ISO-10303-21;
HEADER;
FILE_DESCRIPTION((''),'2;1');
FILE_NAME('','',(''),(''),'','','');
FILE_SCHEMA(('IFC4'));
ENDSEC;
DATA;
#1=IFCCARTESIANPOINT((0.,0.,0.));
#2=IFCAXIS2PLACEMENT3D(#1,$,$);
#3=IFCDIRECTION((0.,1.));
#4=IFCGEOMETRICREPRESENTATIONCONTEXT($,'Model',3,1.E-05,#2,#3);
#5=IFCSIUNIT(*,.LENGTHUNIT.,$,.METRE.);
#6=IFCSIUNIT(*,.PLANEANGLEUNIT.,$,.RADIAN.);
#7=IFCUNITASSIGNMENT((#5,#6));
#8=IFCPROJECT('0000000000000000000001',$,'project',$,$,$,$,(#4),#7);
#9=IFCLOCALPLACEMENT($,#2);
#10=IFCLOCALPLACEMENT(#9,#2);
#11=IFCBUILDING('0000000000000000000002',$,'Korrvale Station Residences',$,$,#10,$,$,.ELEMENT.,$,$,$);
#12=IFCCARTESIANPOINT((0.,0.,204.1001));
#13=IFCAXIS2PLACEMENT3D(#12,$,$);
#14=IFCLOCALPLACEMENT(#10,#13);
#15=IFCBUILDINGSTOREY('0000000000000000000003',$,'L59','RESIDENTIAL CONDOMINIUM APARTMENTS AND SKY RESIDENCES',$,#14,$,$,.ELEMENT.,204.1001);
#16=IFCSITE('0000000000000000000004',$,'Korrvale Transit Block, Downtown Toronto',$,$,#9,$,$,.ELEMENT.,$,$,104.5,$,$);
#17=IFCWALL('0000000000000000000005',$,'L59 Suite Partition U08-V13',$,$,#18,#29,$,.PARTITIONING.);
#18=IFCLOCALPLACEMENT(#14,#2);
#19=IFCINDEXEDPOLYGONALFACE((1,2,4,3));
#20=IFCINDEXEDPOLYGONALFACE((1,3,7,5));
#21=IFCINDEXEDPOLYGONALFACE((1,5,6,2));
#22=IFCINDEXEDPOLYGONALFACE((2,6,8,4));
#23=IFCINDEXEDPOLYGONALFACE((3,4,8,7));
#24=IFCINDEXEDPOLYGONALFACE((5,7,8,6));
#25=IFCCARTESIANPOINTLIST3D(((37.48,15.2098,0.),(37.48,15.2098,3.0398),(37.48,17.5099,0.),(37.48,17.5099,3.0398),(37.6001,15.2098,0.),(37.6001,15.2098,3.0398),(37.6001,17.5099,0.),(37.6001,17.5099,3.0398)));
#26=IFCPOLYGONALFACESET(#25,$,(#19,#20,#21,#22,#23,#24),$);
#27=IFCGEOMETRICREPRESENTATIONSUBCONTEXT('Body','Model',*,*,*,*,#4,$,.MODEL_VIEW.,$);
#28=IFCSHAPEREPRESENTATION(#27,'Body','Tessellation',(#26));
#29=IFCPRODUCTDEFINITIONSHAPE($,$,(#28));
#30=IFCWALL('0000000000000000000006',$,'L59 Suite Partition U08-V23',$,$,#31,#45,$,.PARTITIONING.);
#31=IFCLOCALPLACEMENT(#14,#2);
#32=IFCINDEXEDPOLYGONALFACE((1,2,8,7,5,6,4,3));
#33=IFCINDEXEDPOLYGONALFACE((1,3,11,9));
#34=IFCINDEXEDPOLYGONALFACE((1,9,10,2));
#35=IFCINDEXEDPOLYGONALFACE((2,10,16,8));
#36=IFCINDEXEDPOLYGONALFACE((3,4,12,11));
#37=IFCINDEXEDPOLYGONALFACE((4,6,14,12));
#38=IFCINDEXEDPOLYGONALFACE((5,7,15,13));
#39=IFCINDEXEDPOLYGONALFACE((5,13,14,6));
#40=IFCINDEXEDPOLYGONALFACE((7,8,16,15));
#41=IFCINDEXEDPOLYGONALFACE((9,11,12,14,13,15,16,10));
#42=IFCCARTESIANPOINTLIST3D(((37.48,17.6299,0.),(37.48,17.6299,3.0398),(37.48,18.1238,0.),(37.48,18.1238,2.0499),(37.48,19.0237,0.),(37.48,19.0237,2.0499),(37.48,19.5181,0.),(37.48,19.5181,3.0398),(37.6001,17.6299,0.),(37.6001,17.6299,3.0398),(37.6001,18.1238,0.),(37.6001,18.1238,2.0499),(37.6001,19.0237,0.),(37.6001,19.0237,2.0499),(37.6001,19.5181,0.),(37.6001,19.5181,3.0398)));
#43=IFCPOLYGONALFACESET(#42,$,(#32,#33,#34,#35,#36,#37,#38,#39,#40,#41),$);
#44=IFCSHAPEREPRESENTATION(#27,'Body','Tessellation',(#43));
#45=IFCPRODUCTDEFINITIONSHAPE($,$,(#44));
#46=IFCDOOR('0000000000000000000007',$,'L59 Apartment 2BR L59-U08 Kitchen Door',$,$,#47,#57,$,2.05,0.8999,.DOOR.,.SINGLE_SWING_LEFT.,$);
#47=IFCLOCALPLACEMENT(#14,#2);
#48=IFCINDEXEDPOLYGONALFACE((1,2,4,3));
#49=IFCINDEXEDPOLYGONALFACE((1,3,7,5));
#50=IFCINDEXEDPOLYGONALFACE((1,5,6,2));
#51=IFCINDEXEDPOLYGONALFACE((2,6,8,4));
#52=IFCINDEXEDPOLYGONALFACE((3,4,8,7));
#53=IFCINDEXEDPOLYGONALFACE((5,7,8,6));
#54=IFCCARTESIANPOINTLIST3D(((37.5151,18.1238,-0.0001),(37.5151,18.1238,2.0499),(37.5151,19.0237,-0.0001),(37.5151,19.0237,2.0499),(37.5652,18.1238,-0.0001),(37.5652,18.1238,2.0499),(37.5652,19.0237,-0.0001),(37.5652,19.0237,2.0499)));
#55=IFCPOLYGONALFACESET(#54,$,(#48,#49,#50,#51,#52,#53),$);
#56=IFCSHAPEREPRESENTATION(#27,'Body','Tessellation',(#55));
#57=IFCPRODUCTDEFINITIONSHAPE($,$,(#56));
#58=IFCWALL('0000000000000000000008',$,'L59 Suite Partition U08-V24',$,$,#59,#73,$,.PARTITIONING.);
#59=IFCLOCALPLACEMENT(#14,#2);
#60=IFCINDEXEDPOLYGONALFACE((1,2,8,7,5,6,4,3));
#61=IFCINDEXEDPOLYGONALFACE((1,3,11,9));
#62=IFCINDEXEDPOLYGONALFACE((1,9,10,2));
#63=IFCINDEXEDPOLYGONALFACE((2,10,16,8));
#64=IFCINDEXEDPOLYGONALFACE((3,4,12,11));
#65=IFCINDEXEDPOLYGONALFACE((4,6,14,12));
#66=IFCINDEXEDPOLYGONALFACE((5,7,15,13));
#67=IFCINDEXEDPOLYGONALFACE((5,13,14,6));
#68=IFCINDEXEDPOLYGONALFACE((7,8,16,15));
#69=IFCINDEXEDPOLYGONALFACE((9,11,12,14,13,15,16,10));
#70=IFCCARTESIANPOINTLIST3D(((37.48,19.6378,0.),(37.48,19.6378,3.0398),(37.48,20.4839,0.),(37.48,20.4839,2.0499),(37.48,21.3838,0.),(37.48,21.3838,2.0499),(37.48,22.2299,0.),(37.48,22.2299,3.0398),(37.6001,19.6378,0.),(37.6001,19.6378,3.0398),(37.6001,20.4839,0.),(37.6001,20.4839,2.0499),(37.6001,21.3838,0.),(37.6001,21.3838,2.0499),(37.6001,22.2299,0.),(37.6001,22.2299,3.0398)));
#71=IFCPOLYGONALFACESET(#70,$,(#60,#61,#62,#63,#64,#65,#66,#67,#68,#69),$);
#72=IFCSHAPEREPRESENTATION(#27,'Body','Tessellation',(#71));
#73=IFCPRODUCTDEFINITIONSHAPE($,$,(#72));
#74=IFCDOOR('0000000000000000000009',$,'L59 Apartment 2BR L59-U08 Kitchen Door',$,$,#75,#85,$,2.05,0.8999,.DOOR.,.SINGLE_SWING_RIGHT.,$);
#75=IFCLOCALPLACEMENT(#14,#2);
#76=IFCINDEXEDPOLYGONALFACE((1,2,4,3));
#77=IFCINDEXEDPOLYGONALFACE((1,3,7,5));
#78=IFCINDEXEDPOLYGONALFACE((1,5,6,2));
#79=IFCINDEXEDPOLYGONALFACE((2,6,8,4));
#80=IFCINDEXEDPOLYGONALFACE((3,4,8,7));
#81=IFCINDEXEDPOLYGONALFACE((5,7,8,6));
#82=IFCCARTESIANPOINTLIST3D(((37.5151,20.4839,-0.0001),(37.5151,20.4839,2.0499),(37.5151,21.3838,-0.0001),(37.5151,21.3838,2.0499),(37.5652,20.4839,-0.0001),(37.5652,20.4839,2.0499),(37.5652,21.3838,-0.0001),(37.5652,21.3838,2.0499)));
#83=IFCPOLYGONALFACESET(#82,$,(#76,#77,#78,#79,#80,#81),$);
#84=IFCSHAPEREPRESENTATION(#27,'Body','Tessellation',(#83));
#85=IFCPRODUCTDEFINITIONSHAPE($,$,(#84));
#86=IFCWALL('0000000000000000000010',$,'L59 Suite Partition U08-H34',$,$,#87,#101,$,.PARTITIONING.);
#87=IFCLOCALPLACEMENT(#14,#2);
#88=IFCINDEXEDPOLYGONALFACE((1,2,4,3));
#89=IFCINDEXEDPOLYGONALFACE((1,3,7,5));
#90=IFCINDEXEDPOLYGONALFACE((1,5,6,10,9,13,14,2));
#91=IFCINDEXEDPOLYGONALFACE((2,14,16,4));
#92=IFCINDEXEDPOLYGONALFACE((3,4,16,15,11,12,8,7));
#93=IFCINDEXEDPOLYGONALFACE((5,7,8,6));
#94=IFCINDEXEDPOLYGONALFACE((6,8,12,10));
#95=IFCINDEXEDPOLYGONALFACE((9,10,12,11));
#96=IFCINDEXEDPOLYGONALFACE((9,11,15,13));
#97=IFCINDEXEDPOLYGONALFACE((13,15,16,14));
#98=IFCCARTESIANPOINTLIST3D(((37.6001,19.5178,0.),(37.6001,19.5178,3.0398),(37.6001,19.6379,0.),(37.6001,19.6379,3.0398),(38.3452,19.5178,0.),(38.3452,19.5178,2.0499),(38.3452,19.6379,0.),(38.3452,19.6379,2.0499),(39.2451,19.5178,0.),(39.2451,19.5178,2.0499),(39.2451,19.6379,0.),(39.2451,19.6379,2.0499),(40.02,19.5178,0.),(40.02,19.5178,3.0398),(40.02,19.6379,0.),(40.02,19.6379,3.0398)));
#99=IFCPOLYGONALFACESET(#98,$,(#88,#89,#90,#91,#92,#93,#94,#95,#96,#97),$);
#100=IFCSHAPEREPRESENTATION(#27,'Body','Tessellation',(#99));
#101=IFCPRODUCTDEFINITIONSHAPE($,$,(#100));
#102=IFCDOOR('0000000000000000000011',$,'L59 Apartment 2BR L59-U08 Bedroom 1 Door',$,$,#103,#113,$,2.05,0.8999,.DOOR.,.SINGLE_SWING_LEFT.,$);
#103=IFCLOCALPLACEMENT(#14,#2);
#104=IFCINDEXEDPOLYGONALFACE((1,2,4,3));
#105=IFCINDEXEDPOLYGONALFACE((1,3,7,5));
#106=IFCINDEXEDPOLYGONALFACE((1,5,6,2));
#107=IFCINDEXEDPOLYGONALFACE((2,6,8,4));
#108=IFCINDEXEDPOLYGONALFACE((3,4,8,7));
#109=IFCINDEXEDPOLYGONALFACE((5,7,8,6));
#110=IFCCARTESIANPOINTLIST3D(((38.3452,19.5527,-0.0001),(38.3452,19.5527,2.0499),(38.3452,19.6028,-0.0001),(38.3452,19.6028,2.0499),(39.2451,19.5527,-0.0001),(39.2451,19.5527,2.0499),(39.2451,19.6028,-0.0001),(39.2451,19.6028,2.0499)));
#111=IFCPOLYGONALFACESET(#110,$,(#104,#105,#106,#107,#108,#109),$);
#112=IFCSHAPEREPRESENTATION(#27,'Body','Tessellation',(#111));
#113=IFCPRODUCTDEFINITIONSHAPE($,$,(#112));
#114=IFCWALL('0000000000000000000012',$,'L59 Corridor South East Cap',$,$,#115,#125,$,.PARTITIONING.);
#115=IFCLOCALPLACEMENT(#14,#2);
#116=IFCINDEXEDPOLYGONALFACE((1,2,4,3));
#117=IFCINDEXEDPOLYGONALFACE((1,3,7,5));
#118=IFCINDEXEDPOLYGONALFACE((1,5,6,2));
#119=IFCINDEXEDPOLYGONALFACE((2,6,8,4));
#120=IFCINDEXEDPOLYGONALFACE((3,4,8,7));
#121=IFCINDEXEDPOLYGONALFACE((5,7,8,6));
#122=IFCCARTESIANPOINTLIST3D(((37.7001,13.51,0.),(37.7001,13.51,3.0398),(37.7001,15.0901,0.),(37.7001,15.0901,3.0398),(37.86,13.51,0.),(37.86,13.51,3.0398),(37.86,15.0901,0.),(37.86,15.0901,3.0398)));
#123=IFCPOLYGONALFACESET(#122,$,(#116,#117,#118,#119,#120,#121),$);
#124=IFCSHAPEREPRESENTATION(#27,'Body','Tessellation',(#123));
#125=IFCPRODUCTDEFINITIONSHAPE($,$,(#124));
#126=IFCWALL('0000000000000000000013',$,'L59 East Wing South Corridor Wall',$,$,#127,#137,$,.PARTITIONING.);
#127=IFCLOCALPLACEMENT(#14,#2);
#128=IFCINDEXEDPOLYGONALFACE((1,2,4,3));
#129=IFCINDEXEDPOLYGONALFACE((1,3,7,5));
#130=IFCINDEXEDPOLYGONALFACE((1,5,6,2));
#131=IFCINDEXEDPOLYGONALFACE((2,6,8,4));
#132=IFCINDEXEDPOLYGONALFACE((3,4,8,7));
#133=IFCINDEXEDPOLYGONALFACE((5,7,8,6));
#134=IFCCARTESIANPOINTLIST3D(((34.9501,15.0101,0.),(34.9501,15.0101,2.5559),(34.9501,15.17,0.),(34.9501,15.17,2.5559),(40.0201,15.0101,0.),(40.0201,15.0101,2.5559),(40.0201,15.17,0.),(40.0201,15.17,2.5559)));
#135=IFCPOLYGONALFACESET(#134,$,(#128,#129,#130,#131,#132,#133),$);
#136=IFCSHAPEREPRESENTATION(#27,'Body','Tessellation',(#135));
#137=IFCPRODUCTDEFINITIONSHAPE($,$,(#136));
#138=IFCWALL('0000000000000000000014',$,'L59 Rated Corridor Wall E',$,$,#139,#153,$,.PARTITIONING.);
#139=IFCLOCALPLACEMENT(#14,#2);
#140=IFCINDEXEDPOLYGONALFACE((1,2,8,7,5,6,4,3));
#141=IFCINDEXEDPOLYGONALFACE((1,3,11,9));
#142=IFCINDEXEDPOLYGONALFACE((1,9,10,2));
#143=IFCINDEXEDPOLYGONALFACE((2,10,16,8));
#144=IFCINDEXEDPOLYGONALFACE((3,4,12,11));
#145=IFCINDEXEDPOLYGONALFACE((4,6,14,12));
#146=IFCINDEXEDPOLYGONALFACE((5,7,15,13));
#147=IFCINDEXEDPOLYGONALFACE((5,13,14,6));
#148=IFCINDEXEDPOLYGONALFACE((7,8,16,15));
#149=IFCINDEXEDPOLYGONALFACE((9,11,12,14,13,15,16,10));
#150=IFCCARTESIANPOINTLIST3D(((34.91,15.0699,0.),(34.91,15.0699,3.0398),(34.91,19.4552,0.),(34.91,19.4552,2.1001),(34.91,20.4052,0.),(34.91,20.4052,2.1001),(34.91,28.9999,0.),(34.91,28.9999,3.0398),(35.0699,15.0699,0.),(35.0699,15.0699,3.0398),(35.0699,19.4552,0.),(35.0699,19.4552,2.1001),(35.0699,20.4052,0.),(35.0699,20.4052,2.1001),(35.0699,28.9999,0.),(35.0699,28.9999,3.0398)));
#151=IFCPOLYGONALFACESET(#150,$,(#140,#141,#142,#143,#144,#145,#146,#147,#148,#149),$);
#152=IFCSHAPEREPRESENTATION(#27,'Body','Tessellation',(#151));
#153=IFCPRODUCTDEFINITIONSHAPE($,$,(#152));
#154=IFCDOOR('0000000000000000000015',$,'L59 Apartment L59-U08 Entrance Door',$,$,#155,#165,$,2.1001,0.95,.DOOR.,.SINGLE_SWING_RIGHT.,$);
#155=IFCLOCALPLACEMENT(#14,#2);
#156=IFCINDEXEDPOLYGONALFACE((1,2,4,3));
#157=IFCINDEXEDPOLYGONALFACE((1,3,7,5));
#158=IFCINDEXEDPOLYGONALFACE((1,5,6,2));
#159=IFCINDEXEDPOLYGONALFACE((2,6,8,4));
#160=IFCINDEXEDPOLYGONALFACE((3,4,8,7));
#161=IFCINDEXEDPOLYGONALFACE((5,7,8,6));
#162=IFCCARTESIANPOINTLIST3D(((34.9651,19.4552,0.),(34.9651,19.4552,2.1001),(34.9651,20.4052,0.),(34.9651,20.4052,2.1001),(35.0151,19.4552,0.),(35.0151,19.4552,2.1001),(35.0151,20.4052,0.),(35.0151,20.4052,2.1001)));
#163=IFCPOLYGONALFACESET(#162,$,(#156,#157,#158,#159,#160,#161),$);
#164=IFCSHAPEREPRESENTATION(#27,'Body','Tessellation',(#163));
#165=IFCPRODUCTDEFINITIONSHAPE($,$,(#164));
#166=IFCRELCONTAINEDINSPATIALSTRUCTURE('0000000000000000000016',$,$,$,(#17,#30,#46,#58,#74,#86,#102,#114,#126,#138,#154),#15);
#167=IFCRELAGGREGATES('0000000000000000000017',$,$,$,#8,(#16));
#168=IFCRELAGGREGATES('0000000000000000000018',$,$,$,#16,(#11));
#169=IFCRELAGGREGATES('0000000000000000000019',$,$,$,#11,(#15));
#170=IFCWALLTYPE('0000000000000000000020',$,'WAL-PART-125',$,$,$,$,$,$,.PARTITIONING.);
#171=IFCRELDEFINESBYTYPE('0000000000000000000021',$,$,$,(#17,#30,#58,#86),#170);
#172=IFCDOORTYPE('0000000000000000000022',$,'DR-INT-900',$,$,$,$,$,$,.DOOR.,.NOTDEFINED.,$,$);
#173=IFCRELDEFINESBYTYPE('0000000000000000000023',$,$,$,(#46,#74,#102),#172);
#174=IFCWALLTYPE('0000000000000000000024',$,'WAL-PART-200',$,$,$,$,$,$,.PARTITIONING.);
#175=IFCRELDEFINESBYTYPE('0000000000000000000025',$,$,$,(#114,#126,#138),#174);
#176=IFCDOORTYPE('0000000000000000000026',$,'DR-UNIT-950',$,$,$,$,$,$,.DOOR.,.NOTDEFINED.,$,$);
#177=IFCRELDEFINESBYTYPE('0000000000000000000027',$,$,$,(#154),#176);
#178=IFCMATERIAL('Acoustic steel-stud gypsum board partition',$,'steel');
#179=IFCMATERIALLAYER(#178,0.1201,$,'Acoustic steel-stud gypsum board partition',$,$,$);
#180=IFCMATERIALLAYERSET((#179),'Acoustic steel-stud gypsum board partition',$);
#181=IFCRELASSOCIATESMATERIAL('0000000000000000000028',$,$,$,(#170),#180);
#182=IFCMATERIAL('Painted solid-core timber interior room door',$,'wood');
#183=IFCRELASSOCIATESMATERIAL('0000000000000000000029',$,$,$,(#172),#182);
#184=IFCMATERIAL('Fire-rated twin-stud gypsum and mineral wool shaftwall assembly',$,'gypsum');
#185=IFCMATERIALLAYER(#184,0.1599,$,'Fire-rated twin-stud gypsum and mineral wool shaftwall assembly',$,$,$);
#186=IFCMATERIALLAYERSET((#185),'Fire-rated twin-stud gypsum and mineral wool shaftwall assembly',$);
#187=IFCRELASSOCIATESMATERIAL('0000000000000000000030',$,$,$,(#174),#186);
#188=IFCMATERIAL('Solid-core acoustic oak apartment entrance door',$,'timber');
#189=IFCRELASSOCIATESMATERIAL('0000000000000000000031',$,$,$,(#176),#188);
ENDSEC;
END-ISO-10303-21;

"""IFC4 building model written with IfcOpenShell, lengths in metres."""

from ifc_helpers import new_model, si_unit, direction, frame, frame_2d, origin, place, context, subcontext, project, spatial, rectangle, extrude, material, layer, layer_set, type_object, element, fill, save


model = new_model("IFC4")

# Units and contexts
model_context = context("Model", 3, precision=1e-05, world=origin(), true_north=direction((0.0, 1.0)))
body_context = subcontext(model_context, "Body", "Model", "MODEL_VIEW")
ifc_project = project(units=[si_unit("LENGTHUNIT", "METRE"), si_unit("PLANEANGLEUNIT", "RADIAN")], contexts=[model_context])

# Site, building, storey
site_placement = place(None, origin())
site = spatial("IfcSite", under=ifc_project, at=site_placement, Name="Korrvale Transit Block, Downtown Toronto", CompositionType="ELEMENT", RefElevation=104.5)
building_placement = place(site_placement, origin())
building = spatial("IfcBuilding", under=site, at=building_placement, Name="Korrvale Station Residences", CompositionType="ELEMENT")
storey_placement = place(building_placement, frame((0.0, 0.0, 204.1001)))
storey = spatial("IfcBuildingStorey", under=building, at=storey_placement, Name="L59", Description="RESIDENTIAL CONDOMINIUM APARTMENTS AND SKY RESIDENCES", CompositionType="ELEMENT", Elevation=204.1001)

# Shared definitions
ifc_material_1 = material(Name="Acoustic steel-stud gypsum board partition", Category="steel")
ifc_layer_1 = layer(ifc_material_1, 0.1201, Name="Acoustic steel-stud gypsum board partition")
ifc_layer_set_1 = layer_set([ifc_layer_1], Name="Acoustic steel-stud gypsum board partition")
wall_type_1 = type_object("IfcWallType", Name="WAL-PART-125", PredefinedType="PARTITIONING", material=ifc_layer_set_1)

# Wall
wall_1_placement = place(storey_placement, frame((37.54, 15.21, 0.0), z_axis=(0.0, 0.0, 1.0), x_axis=(0.0, 1.0, 0.0)))
element("IfcWall", 1, at=wall_1_placement, inside=storey, type_object=wall_type_1, Name="L59 Suite Partition U08-V13", PredefinedType="PARTITIONING", context=body_context, shape_type="SweptSolid", body=[
    extrude(rectangle(XDim=2.3, YDim=0.1201, at=frame_2d((1.1499, 0.0))), origin(), (0.0, 0.0, 1.0), 3.0398),
])

# Walls, openings, doors
wall_2_placement = place(storey_placement, frame((37.54, 17.6299, 0.0), z_axis=(0.0, 0.0, 1.0), x_axis=(0.0, 1.0, 0.0)))
wall_2 = element("IfcWall", 2, at=wall_2_placement, inside=storey, type_object=wall_type_1, Name="L59 Suite Partition U08-V23", PredefinedType="PARTITIONING", context=body_context, shape_type="SweptSolid", body=[
    extrude(rectangle(XDim=1.8882, YDim=0.1201, at=frame_2d((0.9441, 0.0))), origin(), (0.0, 0.0, 1.0), 3.0398),
])
opening_1_placement = place(wall_2_placement, frame((0.4939, 0.0, 0.0)))
opening_1 = element("IfcOpeningElement", 3, at=opening_1_placement, cuts=wall_2, PredefinedType="OPENING", context=body_context, shape_type="SweptSolid", body=[
    extrude(rectangle(XDim=0.8999, YDim=2.05, at=frame_2d((0.45, 1.0249))), frame((0.0, 0.0701, 0.0), z_axis=(0.0, -1.0, 0.0), x_axis=(1.0, 0.0, 0.0)), (0.0, 0.0, 1.0), 0.1401),
])
ifc_material_2 = material(Name="Painted solid-core timber interior room door", Category="wood")
door_type_1 = type_object("IfcDoorType", Name="DR-INT-900", OperationType="NOTDEFINED", PredefinedType="DOOR", material=ifc_material_2)
door_1_placement = place(opening_1_placement, origin())
door_1 = element("IfcDoor", 4, at=door_1_placement, inside=storey, type_object=door_type_1, Name="L59 Apartment 2BR L59-U08 Kitchen Door", OperationType="SINGLE_SWING_LEFT", OverallHeight=2.05, OverallWidth=0.8999, PredefinedType="DOOR", context=body_context, shape_type="SweptSolid", body=[
    extrude(rectangle(XDim=0.8999, YDim=2.05, at=frame_2d((0.45, 1.0249))), frame((0.0, 0.0249, 0.0), z_axis=(0.0, -1.0, 0.0), x_axis=(1.0, 0.0, 0.0)), (0.0, 0.0, 1.0), 0.05),
])
fill(opening_1, door_1)
wall_3_placement = place(storey_placement, frame((37.54, 19.6379, 0.0), z_axis=(0.0, 0.0, 1.0), x_axis=(0.0, 1.0, 0.0)))
wall_3 = element("IfcWall", 5, at=wall_3_placement, inside=storey, type_object=wall_type_1, Name="L59 Suite Partition U08-V24", PredefinedType="PARTITIONING", context=body_context, shape_type="SweptSolid", body=[
    extrude(rectangle(XDim=2.592, YDim=0.1201, at=frame_2d((1.2959, 0.0))), origin(), (0.0, 0.0, 1.0), 3.0398),
])
opening_2_placement = place(wall_3_placement, frame((0.8459, 0.0, 0.0)))
opening_2 = element("IfcOpeningElement", 6, at=opening_2_placement, cuts=wall_3, PredefinedType="OPENING", context=body_context, shape_type="SweptSolid", body=[
    extrude(rectangle(XDim=0.8999, YDim=2.05, at=frame_2d((0.45, 1.0249))), frame((0.0, 0.0701, 0.0), z_axis=(0.0, -1.0, 0.0), x_axis=(1.0, 0.0, 0.0)), (0.0, 0.0, 1.0), 0.1401),
])
door_2_placement = place(opening_2_placement, origin())
door_2 = element("IfcDoor", 7, at=door_2_placement, inside=storey, type_object=door_type_1, Name="L59 Apartment 2BR L59-U08 Kitchen Door", OperationType="SINGLE_SWING_RIGHT", OverallHeight=2.05, OverallWidth=0.8999, PredefinedType="DOOR", context=body_context, shape_type="SweptSolid", body=[
    extrude(rectangle(XDim=0.8999, YDim=2.05, at=frame_2d((0.45, 1.0249))), frame((0.0, 0.0249, 0.0), z_axis=(0.0, -1.0, 0.0), x_axis=(1.0, 0.0, 0.0)), (0.0, 0.0, 1.0), 0.05),
])
fill(opening_2, door_2)
wall_4_placement = place(storey_placement, frame((37.6001, 19.5779, 0.0), z_axis=(0.0, 0.0, 1.0), x_axis=(1.0, 0.0, 0.0)))
wall_4 = element("IfcWall", 8, at=wall_4_placement, inside=storey, type_object=wall_type_1, Name="L59 Suite Partition U08-H34", PredefinedType="PARTITIONING", context=body_context, shape_type="SweptSolid", body=[
    extrude(rectangle(XDim=2.4199, YDim=0.1201, at=frame_2d((1.21, 0.0))), origin(), (0.0, 0.0, 1.0), 3.0398),
])
opening_3_placement = place(wall_4_placement, frame((0.7451, 0.0, 0.0)))
opening_3 = element("IfcOpeningElement", 9, at=opening_3_placement, cuts=wall_4, PredefinedType="OPENING", context=body_context, shape_type="SweptSolid", body=[
    extrude(rectangle(XDim=0.8999, YDim=2.05, at=frame_2d((0.45, 1.0249))), frame((0.0, 0.0701, 0.0), z_axis=(0.0, -1.0, 0.0), x_axis=(1.0, 0.0, 0.0)), (0.0, 0.0, 1.0), 0.1401),
])
door_3_placement = place(opening_3_placement, origin())
door_3 = element("IfcDoor", 10, at=door_3_placement, inside=storey, type_object=door_type_1, Name="L59 Apartment 2BR L59-U08 Bedroom 1 Door", OperationType="SINGLE_SWING_LEFT", OverallHeight=2.05, OverallWidth=0.8999, PredefinedType="DOOR", context=body_context, shape_type="SweptSolid", body=[
    extrude(rectangle(XDim=0.8999, YDim=2.05, at=frame_2d((0.45, 1.0249))), frame((0.0, 0.0249, 0.0), z_axis=(0.0, -1.0, 0.0), x_axis=(1.0, 0.0, 0.0)), (0.0, 0.0, 1.0), 0.05),
])
fill(opening_3, door_3)

# Walls
ifc_material_3 = material(Name="Fire-rated twin-stud gypsum and mineral wool shaftwall assembly", Category="gypsum")
ifc_layer_2 = layer(ifc_material_3, 0.1599, Name="Fire-rated twin-stud gypsum and mineral wool shaftwall assembly")
ifc_layer_set_2 = layer_set([ifc_layer_2], Name="Fire-rated twin-stud gypsum and mineral wool shaftwall assembly")
wall_type_2 = type_object("IfcWallType", Name="WAL-PART-200", PredefinedType="PARTITIONING", material=ifc_layer_set_2)
wall_5_placement = place(storey_placement, frame((37.78, 13.51, 0.0), z_axis=(0.0, 0.0, 1.0), x_axis=(0.0, 1.0, 0.0)))
element("IfcWall", 11, at=wall_5_placement, inside=storey, type_object=wall_type_2, Name="L59 Corridor South East Cap", PredefinedType="PARTITIONING", context=body_context, shape_type="SweptSolid", body=[
    extrude(rectangle(XDim=1.5801, YDim=0.1599, at=frame_2d((0.79, 0.0))), origin(), (0.0, 0.0, 1.0), 3.0398),
])
wall_6_placement = place(storey_placement, frame((34.95, 15.0901, 0.0), z_axis=(0.0, 0.0, 1.0), x_axis=(1.0, 0.0, 0.0)))
element("IfcWall", 12, at=wall_6_placement, inside=storey, type_object=wall_type_2, Name="L59 East Wing South Corridor Wall", PredefinedType="PARTITIONING", context=body_context, shape_type="SweptSolid", body=[
    extrude(rectangle(XDim=5.0701, YDim=0.1599, at=frame_2d((2.5352, 0.0))), origin(), (0.0, 0.0, 1.0), 2.5559),
])

# Wall, opening, door
wall_7_placement = place(storey_placement, frame((34.99, 15.0701, 0.0), z_axis=(0.0, 0.0, 1.0), x_axis=(0.0, 1.0, 0.0)))
wall_7 = element("IfcWall", 13, at=wall_7_placement, inside=storey, type_object=wall_type_2, Name="L59 Rated Corridor Wall E", PredefinedType="PARTITIONING", context=body_context, shape_type="SweptSolid", body=[
    extrude(rectangle(XDim=13.9299, YDim=0.1599, at=frame_2d((6.9648, 0.0))), origin(), (0.0, 0.0, 1.0), 3.0398),
])
opening_4_placement = place(wall_7_placement, frame((4.385, 0.0, 0.0)))
opening_4 = element("IfcOpeningElement", 14, at=opening_4_placement, cuts=wall_7, PredefinedType="OPENING", context=body_context, shape_type="SweptSolid", body=[
    extrude(rectangle(XDim=0.95, YDim=2.1001, at=frame_2d((0.4751, 1.05))), frame((0.0, 0.0898, 0.0), z_axis=(0.0, -1.0, 0.0), x_axis=(1.0, 0.0, 0.0)), (0.0, 0.0, 1.0), 0.1799),
])
ifc_material_4 = material(Name="Solid-core acoustic oak apartment entrance door", Category="timber")
door_type_2 = type_object("IfcDoorType", Name="DR-UNIT-950", OperationType="NOTDEFINED", PredefinedType="DOOR", material=ifc_material_4)
door_4_placement = place(opening_4_placement, origin())
door_4 = element("IfcDoor", 15, at=door_4_placement, inside=storey, type_object=door_type_2, Name="L59 Apartment L59-U08 Entrance Door", OperationType="SINGLE_SWING_RIGHT", OverallHeight=2.1001, OverallWidth=0.95, PredefinedType="DOOR", context=body_context, shape_type="SweptSolid", body=[
    extrude(rectangle(XDim=0.95, YDim=2.1001, at=frame_2d((0.4751, 1.05))), frame((0.0, 0.0249, 0.0), z_axis=(0.0, -1.0, 0.0), x_axis=(1.0, 0.0, 0.0)), (0.0, 0.0, 1.0), 0.05),
])
fill(opening_4, door_4)

save(model, "model.ifc")
